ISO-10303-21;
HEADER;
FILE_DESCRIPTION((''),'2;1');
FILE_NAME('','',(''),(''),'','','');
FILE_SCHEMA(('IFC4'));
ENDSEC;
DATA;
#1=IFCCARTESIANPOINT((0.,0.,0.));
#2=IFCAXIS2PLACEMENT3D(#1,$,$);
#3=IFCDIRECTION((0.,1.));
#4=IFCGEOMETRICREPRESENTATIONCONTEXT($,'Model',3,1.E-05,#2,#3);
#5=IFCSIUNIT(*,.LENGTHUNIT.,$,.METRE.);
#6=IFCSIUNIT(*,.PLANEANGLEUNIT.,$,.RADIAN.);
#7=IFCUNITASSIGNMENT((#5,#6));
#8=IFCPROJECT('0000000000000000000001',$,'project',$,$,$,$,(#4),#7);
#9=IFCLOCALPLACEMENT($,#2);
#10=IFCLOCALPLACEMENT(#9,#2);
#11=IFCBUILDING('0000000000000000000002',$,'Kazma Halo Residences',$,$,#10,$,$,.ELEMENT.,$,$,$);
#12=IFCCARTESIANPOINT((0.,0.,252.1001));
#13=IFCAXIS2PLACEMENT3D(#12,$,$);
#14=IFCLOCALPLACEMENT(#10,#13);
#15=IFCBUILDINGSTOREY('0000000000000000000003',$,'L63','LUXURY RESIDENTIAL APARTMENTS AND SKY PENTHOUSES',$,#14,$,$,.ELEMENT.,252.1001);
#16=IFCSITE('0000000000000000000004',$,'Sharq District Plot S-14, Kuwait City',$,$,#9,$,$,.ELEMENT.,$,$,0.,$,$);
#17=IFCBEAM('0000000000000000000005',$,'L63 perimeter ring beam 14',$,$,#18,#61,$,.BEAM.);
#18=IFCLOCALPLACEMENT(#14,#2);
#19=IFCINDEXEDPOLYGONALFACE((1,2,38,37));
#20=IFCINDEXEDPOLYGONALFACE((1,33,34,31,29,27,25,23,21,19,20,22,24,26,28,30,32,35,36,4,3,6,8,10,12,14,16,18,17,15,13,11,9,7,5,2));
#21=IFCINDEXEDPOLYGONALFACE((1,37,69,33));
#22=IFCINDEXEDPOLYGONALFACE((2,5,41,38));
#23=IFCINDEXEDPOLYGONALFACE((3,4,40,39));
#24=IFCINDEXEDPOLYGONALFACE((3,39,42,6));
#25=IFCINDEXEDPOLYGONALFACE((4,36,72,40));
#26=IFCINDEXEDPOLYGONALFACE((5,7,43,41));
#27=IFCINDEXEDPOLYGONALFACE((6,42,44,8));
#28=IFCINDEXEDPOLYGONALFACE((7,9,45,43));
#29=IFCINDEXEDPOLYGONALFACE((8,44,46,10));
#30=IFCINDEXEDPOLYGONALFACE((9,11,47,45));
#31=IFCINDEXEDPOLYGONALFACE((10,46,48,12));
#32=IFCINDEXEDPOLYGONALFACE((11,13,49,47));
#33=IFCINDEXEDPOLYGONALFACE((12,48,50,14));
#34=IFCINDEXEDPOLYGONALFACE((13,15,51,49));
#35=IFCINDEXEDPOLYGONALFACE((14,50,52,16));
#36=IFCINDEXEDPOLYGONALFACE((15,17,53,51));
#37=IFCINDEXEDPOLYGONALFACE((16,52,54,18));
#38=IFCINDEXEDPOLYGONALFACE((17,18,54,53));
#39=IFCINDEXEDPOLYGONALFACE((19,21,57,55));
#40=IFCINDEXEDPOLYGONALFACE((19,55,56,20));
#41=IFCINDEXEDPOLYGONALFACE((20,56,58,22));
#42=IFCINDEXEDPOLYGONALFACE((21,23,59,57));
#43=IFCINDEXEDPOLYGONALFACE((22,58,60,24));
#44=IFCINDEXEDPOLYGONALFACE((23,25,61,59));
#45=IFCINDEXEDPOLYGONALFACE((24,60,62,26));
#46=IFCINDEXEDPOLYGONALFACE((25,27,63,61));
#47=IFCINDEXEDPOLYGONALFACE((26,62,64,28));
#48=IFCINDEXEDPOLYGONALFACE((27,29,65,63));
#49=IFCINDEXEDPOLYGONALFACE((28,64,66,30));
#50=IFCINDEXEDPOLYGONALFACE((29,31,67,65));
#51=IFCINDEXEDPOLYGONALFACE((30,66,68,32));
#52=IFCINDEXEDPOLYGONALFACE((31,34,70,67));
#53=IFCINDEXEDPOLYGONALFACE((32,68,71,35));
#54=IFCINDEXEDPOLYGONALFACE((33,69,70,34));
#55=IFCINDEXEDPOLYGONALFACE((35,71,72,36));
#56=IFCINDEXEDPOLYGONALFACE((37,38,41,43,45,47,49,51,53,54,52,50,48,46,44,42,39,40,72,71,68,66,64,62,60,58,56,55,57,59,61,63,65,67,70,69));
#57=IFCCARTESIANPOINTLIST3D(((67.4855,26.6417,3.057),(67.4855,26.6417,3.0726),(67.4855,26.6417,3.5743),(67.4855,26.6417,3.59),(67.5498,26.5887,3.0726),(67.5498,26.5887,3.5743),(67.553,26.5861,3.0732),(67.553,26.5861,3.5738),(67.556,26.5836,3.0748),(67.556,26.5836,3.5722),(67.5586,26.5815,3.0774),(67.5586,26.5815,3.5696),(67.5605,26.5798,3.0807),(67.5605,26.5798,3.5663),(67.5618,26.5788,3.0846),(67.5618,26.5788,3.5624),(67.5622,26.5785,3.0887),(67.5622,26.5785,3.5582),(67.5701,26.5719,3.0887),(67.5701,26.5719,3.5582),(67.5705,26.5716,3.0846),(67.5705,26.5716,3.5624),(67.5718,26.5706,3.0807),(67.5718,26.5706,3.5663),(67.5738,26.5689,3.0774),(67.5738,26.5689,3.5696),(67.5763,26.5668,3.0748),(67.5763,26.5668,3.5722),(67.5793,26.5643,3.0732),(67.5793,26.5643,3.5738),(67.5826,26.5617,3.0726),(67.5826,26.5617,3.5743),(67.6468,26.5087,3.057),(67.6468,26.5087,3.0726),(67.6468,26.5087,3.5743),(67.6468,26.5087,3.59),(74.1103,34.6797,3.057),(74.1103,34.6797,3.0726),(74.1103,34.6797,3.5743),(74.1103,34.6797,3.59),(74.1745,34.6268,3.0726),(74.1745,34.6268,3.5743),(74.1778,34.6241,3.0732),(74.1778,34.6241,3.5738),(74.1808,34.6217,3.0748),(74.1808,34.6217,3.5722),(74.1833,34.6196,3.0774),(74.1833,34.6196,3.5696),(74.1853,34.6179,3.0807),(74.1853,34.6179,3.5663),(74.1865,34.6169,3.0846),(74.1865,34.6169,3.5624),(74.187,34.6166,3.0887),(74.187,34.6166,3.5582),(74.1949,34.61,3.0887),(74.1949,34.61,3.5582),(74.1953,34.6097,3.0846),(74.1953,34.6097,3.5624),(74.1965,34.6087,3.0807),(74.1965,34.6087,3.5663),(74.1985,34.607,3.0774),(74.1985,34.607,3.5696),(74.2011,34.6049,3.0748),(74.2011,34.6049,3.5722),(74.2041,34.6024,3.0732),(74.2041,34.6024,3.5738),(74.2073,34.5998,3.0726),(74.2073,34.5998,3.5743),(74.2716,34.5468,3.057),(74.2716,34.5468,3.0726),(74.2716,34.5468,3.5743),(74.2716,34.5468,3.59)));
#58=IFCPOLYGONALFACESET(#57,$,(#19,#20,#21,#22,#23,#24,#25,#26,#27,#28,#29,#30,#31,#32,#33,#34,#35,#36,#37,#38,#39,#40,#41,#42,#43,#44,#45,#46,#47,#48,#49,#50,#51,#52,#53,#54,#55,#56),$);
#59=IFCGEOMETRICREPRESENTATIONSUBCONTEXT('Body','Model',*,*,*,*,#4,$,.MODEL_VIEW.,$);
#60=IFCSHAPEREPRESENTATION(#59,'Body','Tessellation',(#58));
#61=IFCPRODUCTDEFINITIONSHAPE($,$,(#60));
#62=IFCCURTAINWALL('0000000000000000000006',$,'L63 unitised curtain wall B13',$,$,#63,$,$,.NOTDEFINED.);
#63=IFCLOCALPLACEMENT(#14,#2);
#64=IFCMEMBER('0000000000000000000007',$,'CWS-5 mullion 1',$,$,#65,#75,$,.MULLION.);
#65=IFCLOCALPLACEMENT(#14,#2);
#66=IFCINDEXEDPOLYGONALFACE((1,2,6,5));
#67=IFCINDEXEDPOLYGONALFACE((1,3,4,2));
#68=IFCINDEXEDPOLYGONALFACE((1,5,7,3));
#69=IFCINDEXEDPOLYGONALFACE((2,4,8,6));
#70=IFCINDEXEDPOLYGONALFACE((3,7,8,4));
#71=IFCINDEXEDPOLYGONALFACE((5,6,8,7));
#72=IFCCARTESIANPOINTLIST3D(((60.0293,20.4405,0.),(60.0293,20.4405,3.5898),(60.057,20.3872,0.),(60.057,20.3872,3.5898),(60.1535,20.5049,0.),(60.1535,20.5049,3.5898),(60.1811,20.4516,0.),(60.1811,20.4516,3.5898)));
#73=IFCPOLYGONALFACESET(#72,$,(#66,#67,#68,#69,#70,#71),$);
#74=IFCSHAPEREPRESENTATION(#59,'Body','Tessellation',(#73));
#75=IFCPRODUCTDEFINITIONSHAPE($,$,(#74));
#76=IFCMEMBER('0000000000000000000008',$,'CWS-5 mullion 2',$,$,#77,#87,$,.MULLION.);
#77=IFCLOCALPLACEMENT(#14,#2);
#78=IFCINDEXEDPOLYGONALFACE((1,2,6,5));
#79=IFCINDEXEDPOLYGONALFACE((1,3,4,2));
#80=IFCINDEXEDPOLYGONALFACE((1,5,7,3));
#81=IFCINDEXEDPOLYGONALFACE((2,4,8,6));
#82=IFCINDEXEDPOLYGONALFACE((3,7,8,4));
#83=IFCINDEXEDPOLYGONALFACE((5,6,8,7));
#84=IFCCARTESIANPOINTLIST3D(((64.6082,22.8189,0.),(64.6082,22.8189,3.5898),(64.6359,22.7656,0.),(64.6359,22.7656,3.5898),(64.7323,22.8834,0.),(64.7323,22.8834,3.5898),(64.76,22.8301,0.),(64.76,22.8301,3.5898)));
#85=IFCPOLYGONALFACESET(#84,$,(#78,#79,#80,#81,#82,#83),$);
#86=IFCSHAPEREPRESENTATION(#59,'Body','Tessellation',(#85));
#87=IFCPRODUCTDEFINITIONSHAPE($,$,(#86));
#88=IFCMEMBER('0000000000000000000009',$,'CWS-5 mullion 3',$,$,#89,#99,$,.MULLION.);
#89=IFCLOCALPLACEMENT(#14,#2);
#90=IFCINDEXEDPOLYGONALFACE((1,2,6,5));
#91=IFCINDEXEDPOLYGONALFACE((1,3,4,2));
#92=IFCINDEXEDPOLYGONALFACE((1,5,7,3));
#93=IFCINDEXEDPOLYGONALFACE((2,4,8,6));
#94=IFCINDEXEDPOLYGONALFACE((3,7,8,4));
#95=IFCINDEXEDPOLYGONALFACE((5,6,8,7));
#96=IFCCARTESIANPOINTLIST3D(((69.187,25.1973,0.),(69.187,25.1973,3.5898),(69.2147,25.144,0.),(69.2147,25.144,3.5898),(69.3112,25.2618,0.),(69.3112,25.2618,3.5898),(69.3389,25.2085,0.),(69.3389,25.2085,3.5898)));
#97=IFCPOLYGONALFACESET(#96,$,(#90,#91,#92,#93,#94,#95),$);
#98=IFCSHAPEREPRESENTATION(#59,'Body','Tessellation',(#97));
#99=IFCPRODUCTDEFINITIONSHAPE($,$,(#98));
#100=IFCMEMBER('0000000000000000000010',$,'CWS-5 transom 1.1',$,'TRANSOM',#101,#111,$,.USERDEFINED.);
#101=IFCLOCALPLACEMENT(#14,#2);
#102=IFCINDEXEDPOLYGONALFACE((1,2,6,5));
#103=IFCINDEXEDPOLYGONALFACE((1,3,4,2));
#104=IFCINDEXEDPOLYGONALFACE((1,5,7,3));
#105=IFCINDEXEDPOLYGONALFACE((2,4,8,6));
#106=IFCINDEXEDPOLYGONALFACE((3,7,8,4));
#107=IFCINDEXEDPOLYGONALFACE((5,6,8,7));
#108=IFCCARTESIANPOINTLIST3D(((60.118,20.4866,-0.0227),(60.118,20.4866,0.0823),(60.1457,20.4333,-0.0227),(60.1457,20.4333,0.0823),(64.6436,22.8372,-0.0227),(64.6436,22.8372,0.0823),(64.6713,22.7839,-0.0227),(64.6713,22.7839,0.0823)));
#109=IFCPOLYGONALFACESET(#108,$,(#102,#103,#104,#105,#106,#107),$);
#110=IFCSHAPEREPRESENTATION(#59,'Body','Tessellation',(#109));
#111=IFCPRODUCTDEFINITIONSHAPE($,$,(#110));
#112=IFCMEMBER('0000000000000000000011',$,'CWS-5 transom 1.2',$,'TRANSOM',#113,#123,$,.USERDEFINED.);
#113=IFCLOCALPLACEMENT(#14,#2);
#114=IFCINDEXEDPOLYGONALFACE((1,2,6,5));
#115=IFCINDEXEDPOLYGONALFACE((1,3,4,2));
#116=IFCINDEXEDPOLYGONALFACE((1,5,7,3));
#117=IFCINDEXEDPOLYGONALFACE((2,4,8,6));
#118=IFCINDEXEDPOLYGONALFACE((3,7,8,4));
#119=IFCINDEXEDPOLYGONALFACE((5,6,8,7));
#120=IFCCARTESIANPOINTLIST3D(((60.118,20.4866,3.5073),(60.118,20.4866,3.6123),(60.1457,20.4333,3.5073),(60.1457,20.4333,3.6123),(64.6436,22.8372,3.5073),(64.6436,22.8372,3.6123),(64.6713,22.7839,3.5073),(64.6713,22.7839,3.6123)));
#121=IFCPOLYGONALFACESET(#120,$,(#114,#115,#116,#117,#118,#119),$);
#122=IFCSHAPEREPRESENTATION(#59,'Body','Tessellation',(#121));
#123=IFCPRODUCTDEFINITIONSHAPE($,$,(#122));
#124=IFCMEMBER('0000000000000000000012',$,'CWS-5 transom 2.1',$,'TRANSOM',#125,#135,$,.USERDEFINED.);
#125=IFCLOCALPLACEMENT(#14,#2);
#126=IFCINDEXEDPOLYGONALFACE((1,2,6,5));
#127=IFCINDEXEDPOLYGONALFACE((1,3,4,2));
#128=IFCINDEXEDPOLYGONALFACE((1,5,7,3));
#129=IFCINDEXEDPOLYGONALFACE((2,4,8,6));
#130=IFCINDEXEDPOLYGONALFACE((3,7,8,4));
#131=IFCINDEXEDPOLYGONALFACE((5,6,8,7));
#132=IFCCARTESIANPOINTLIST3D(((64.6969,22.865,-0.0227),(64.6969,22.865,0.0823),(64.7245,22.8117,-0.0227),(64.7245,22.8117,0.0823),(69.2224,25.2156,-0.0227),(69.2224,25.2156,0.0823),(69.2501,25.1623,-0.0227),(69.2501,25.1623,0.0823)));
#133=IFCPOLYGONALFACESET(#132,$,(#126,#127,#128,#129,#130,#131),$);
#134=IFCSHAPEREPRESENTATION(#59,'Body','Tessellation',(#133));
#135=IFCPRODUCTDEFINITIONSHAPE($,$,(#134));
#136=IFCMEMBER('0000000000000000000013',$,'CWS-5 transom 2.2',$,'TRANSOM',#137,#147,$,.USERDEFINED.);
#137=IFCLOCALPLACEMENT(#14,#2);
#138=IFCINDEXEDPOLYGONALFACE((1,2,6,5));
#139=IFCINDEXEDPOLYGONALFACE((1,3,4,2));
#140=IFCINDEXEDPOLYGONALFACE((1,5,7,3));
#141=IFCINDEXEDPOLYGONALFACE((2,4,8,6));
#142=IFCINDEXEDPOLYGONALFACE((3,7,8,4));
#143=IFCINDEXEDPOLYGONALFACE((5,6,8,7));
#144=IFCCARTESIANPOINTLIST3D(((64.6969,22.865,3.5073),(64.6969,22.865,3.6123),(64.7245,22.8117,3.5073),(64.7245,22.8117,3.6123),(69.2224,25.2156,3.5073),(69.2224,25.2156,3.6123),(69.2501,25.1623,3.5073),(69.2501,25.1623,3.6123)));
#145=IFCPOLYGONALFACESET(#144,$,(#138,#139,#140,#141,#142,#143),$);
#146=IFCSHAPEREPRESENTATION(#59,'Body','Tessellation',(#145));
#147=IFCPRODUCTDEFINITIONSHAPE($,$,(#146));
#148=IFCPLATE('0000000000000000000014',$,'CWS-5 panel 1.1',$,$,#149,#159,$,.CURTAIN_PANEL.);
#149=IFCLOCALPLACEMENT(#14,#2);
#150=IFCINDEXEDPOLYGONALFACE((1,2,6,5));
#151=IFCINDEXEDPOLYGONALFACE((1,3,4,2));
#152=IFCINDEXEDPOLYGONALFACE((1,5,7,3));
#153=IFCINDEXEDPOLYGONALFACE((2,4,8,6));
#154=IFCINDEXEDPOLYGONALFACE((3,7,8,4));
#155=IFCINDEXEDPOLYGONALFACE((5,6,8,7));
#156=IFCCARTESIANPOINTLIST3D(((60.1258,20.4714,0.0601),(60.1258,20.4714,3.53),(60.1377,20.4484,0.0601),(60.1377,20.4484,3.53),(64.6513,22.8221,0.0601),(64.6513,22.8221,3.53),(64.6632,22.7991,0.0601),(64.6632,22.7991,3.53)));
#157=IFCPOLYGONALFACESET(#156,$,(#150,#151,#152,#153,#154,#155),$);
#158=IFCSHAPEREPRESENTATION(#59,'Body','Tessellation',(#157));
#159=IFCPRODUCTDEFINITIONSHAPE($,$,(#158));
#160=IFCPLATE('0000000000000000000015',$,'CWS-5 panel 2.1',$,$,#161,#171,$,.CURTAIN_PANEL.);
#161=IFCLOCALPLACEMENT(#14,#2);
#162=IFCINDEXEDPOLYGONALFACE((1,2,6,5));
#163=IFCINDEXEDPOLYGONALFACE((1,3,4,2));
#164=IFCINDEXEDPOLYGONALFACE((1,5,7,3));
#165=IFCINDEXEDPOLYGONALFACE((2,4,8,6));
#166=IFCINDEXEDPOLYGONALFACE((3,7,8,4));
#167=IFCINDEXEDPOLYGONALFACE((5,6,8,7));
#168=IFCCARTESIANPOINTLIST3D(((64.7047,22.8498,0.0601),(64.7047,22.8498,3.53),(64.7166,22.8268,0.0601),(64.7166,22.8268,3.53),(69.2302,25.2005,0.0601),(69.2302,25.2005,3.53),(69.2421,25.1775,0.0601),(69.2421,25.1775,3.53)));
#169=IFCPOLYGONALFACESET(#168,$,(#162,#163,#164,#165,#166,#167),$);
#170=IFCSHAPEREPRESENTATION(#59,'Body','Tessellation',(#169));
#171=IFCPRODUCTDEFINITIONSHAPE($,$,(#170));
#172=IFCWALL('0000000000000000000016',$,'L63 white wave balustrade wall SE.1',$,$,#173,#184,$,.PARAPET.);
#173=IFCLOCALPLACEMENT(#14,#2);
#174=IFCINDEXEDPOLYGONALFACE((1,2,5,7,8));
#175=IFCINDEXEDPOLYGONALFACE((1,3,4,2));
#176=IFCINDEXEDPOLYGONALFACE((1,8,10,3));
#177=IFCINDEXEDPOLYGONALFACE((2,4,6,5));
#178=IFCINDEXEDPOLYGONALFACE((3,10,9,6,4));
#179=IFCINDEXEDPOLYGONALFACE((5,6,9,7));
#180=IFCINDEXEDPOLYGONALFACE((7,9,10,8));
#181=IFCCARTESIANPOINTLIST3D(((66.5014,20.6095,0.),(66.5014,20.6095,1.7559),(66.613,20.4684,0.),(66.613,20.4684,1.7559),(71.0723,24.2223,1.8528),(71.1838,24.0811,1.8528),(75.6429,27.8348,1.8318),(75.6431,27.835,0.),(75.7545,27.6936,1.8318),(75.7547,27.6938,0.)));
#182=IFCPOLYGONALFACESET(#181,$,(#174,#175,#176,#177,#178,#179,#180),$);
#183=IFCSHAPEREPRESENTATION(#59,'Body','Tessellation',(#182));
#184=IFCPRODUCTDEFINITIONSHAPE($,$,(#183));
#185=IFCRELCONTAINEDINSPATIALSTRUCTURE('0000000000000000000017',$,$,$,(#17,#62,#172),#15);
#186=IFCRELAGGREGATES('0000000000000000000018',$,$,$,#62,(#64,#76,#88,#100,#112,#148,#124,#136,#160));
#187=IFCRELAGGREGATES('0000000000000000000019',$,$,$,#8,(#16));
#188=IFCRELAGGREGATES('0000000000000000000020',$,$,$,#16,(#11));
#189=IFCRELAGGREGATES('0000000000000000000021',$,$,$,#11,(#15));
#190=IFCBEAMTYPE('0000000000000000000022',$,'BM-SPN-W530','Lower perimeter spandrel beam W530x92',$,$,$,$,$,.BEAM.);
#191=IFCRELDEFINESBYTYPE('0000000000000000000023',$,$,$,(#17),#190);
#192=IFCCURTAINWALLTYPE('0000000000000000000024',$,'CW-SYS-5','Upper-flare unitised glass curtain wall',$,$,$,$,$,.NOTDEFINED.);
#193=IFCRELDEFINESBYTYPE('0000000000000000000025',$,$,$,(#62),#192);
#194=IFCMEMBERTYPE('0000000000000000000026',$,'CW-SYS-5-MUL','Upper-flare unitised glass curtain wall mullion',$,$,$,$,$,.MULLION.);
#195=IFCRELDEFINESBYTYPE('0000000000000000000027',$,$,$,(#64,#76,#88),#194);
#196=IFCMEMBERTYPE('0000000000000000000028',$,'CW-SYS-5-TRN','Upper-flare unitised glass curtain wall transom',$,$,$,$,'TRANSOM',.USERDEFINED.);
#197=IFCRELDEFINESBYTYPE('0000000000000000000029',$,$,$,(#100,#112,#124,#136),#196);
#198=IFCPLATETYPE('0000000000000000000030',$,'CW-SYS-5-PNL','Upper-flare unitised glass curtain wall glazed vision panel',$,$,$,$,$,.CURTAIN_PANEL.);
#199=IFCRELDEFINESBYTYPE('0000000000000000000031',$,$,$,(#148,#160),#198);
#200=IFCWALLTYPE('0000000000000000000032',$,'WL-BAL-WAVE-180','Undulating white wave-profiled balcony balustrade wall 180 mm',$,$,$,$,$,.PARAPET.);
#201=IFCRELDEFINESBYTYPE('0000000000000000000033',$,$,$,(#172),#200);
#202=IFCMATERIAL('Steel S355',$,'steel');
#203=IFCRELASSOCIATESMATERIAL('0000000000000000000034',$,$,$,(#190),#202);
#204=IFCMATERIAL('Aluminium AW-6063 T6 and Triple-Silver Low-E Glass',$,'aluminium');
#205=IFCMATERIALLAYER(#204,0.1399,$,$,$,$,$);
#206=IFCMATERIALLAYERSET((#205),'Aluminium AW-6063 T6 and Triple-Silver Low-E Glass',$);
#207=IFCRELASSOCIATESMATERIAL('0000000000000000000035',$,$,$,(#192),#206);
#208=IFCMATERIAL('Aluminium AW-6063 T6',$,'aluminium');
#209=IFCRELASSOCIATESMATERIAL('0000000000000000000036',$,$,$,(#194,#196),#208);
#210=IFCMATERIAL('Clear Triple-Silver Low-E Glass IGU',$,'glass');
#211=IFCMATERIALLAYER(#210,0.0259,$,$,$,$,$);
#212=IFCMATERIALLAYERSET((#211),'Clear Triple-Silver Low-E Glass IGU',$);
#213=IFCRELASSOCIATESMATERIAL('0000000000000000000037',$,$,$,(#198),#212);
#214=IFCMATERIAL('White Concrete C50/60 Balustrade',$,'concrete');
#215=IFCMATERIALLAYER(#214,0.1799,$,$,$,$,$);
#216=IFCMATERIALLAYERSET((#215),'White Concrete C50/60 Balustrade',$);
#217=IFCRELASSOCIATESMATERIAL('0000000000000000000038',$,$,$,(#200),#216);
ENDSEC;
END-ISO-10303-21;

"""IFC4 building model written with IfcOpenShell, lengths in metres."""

from ifc_helpers import new_model, si_unit, direction, frame, origin, origin_2d, place, context, subcontext, project, spatial, polyline, rectangle, i_section, outline, extrude, material, layer, layer_set, material_profile, profile_set, type_object, element, aggregate, save


model = new_model("IFC4")

# Units and contexts
model_context = context("Model", 3, precision=1e-05, world=origin(), true_north=direction((0.0, 1.0)))
body_context = subcontext(model_context, "Body", "Model", "MODEL_VIEW")
ifc_project = project(units=[si_unit("LENGTHUNIT", "METRE"), si_unit("PLANEANGLEUNIT", "RADIAN")], contexts=[model_context])

# Site, building, storey
site_placement = place(None, origin())
site = spatial("IfcSite", under=ifc_project, at=site_placement, Name="Sharq District Plot S-14, Kuwait City", CompositionType="ELEMENT", RefElevation=0.0)
building_placement = place(site_placement, origin())
building = spatial("IfcBuilding", under=site, at=building_placement, Name="Kazma Halo Residences", CompositionType="ELEMENT")
storey_placement = place(building_placement, frame((0.0, 0.0, 252.1001)))
storey = spatial("IfcBuildingStorey", under=building, at=storey_placement, Name="L63", Description="LUXURY RESIDENTIAL APARTMENTS AND SKY PENTHOUSES", CompositionType="ELEMENT", Elevation=252.1001)

# Beam
ifc_material_1 = material(Name="Steel S355", Category="steel")
ifc_material_profile_1 = material_profile(ifc_material_1, i_section(OverallWidth=0.209, OverallDepth=0.533, WebThickness=0.0103, FlangeThickness=0.0156, FilletRadius=0.0161, at=origin_2d()), Name="W530x92")
ifc_profile_set_1 = profile_set([ifc_material_profile_1], Name="Steel S355")
beam_type_1 = type_object("IfcBeamType", Name="BM-SPN-W530", Description="Lower perimeter spandrel beam W530x92", PredefinedType="BEAM", material=ifc_profile_set_1)
beam_1_placement = place(storey_placement, frame((67.5662, 26.5752, 3.3235), z_axis=(0.636002, 0.771687, 0.0), x_axis=(-0.771687, 0.636002, 0.0)))
element("IfcBeam", 1, at=beam_1_placement, inside=storey, type_object=beam_type_1, Name="L63 perimeter ring beam 14", PredefinedType="BEAM", context=body_context, shape_type="SweptSolid", body=[
    extrude(i_section(OverallWidth=0.209, OverallDepth=0.533, WebThickness=0.0103, FlangeThickness=0.0156, FilletRadius=0.0161, at=origin_2d()), origin(), (0.0, 0.0, 1.0), 10.4163),
])

# Curtain wall, members, plates
ifc_material_2 = material(Name="Aluminium AW-6063 T6 and Triple-Silver Low-E Glass", Category="aluminium")
ifc_layer_1 = layer(ifc_material_2, 0.1399)
ifc_layer_set_1 = layer_set([ifc_layer_1], Name="Aluminium AW-6063 T6 and Triple-Silver Low-E Glass")
curtain_wall_type = type_object("IfcCurtainWallType", Name="CW-SYS-5", Description="Upper-flare unitised glass curtain wall", PredefinedType="NOTDEFINED", material=ifc_layer_set_1)
curtain_wall_placement = place(storey_placement, origin())
curtain_wall = element("IfcCurtainWall", 2, at=curtain_wall_placement, inside=storey, type_object=curtain_wall_type, Name="L63 unitised curtain wall B13", PredefinedType="NOTDEFINED")
ifc_material_3 = material(Name="Aluminium AW-6063 T6", Category="aluminium")
ifc_material_profile_2 = material_profile(ifc_material_3, rectangle(XDim=0.0601, YDim=0.1399, at=origin_2d()), Name="CWM-60x140")
ifc_profile_set_2 = profile_set([ifc_material_profile_2], Name="Aluminium AW-6063 T6")
member_type_1 = type_object("IfcMemberType", Name="CW-SYS-5-MUL", Description="Upper-flare unitised glass curtain wall mullion", PredefinedType="MULLION", material=ifc_profile_set_2)
member_1_placement = place(storey_placement, frame((60.1052, 20.446, 0.0), z_axis=(0.0, 0.0, 1.0), x_axis=(-0.460961, 0.887421, 0.0)))
member_1 = element("IfcMember", 3, at=member_1_placement, type_object=member_type_1, Name="CWS-5 mullion 1", PredefinedType="MULLION", context=body_context, shape_type="SweptSolid", body=[
    extrude(rectangle(XDim=0.0601, YDim=0.1399, at=origin_2d()), origin(), (0.0, 0.0, 1.0), 3.5898),
])
member_2_placement = place(storey_placement, frame((64.6841, 22.8245, 0.0), z_axis=(0.0, 0.0, 1.0), x_axis=(-0.460961, 0.887421, 0.0)))
member_2 = element("IfcMember", 4, at=member_2_placement, type_object=member_type_1, Name="CWS-5 mullion 2", PredefinedType="MULLION", context=body_context, shape_type="SweptSolid", body=[
    extrude(rectangle(XDim=0.0601, YDim=0.1399, at=origin_2d()), origin(), (0.0, 0.0, 1.0), 3.5898),
])
member_3_placement = place(storey_placement, frame((69.2629, 25.2029, 0.0), z_axis=(0.0, 0.0, 1.0), x_axis=(-0.460961, 0.887421, 0.0)))
member_3 = element("IfcMember", 5, at=member_3_placement, type_object=member_type_1, Name="CWS-5 mullion 3", PredefinedType="MULLION", context=body_context, shape_type="SweptSolid", body=[
    extrude(rectangle(XDim=0.0601, YDim=0.1399, at=origin_2d()), origin(), (0.0, 0.0, 1.0), 3.5898),
])
ifc_material_profile_3 = material_profile(ifc_material_3, rectangle(XDim=0.0601, YDim=0.105, at=origin_2d()), Name="CWT-60x105")
ifc_profile_set_3 = profile_set([ifc_material_profile_3], Name="Aluminium AW-6063 T6")
member_type_2 = type_object("IfcMemberType", Name="CW-SYS-5-TRN", Description="Upper-flare unitised glass curtain wall transom", ElementType="TRANSOM", PredefinedType="USERDEFINED", material=ifc_profile_set_3)
member_4_placement = place(storey_placement, frame((60.1318, 20.46, 0.0298), z_axis=(0.887437, 0.460929, 0.0), x_axis=(-0.460929, 0.887437, 0.0)))
member_4 = element("IfcMember", 6, at=member_4_placement, type_object=member_type_2, Name="CWS-5 transom 1.1", ObjectType="TRANSOM", PredefinedType="USERDEFINED", context=body_context, shape_type="SweptSolid", body=[
    extrude(rectangle(XDim=0.0601, YDim=0.105, at=origin_2d()), origin(), (0.0, 0.0, 1.0), 5.0996),
])
member_5_placement = place(storey_placement, frame((60.1318, 20.46, 3.5598), z_axis=(0.887437, 0.460929, 0.0), x_axis=(-0.460929, 0.887437, 0.0)))
member_5 = element("IfcMember", 7, at=member_5_placement, type_object=member_type_2, Name="CWS-5 transom 1.2", ObjectType="TRANSOM", PredefinedType="USERDEFINED", context=body_context, shape_type="SweptSolid", body=[
    extrude(rectangle(XDim=0.0601, YDim=0.105, at=origin_2d()), origin(), (0.0, 0.0, 1.0), 5.0996),
])
member_6_placement = place(storey_placement, frame((64.7107, 22.8384, 0.0298), z_axis=(0.887437, 0.460929, 0.0), x_axis=(-0.460929, 0.887437, 0.0)))
member_6 = element("IfcMember", 8, at=member_6_placement, type_object=member_type_2, Name="CWS-5 transom 2.1", ObjectType="TRANSOM", PredefinedType="USERDEFINED", context=body_context, shape_type="SweptSolid", body=[
    extrude(rectangle(XDim=0.0601, YDim=0.105, at=origin_2d()), origin(), (0.0, 0.0, 1.0), 5.0996),
])
member_7_placement = place(storey_placement, frame((64.7107, 22.8384, 3.5598), z_axis=(0.887437, 0.460929, 0.0), x_axis=(-0.460929, 0.887437, 0.0)))
member_7 = element("IfcMember", 9, at=member_7_placement, type_object=member_type_2, Name="CWS-5 transom 2.2", ObjectType="TRANSOM", PredefinedType="USERDEFINED", context=body_context, shape_type="SweptSolid", body=[
    extrude(rectangle(XDim=0.0601, YDim=0.105, at=origin_2d()), origin(), (0.0, 0.0, 1.0), 5.0996),
])
ifc_material_4 = material(Name="Clear Triple-Silver Low-E Glass IGU", Category="glass")
ifc_layer_2 = layer(ifc_material_4, 0.0259)
ifc_layer_set_2 = layer_set([ifc_layer_2], Name="Clear Triple-Silver Low-E Glass IGU")
plate_type = type_object("IfcPlateType", Name="CW-SYS-5-PNL", Description="Upper-flare unitised glass curtain wall glazed vision panel", PredefinedType="CURTAIN_PANEL", material=ifc_layer_set_2)
plate_1_placement = place(storey_placement, frame((62.3945, 21.6353, 0.0601), z_axis=(0.0, 0.0, 1.0), x_axis=(0.887421, 0.460961, 0.0)))
plate_1 = element("IfcPlate", 10, at=plate_1_placement, type_object=plate_type, Name="CWS-5 panel 1.1", PredefinedType="CURTAIN_PANEL", context=body_context, shape_type="SweptSolid", body=[
    extrude(rectangle(XDim=5.0996, YDim=0.0259, at=origin_2d()), origin(), (0.0, 0.0, 1.0), 3.47),
])
plate_2_placement = place(storey_placement, frame((66.9734, 24.0137, 0.0601), z_axis=(0.0, 0.0, 1.0), x_axis=(0.887421, 0.460961, 0.0)))
plate_2 = element("IfcPlate", 11, at=plate_2_placement, type_object=plate_type, Name="CWS-5 panel 2.1", PredefinedType="CURTAIN_PANEL", context=body_context, shape_type="SweptSolid", body=[
    extrude(rectangle(XDim=5.0996, YDim=0.0259, at=origin_2d()), origin(), (0.0, 0.0, 1.0), 3.47),
])
aggregate(curtain_wall, [member_1, member_2, member_3, member_4, member_5, plate_1, member_6, member_7, plate_2])

# Wall
ifc_material_5 = material(Name="White Concrete C50/60 Balustrade", Category="concrete")
ifc_layer_3 = layer(ifc_material_5, 0.1799)
ifc_layer_set_3 = layer_set([ifc_layer_3], Name="White Concrete C50/60 Balustrade")
wall_type_1 = type_object("IfcWallType", Name="WL-BAL-WAVE-180", Description="Undulating white wave-profiled balcony balustrade wall 180 mm", PredefinedType="PARAPET", material=ifc_layer_set_3)
wall_1_placement = place(storey_placement, frame((66.5571, 20.5391, 0.0), z_axis=(0.0, 0.0, 1.0), x_axis=(0.784537, 0.620082, 0.0)))
element("IfcWall", 12, at=wall_1_placement, inside=storey, type_object=wall_type_1, Name="L63 white wave balustrade wall SE.1", PredefinedType="PARAPET", context=body_context, shape_type="SweptSolid", body=[
    extrude(outline(polyline([(0.0, 0.0), (11.6523, 0.0), (11.6521, 1.8318), (5.8262, 1.8528), (0.0, 1.7559), (0.0, 0.0)])), frame((0.0, 0.0898, 0.0), z_axis=(0.0, -1.0, 0.0), x_axis=(1.0, 0.0, 0.0)), (0.0, 0.0, 1.0), 0.1799),
])

save(model, "model.ifc")
